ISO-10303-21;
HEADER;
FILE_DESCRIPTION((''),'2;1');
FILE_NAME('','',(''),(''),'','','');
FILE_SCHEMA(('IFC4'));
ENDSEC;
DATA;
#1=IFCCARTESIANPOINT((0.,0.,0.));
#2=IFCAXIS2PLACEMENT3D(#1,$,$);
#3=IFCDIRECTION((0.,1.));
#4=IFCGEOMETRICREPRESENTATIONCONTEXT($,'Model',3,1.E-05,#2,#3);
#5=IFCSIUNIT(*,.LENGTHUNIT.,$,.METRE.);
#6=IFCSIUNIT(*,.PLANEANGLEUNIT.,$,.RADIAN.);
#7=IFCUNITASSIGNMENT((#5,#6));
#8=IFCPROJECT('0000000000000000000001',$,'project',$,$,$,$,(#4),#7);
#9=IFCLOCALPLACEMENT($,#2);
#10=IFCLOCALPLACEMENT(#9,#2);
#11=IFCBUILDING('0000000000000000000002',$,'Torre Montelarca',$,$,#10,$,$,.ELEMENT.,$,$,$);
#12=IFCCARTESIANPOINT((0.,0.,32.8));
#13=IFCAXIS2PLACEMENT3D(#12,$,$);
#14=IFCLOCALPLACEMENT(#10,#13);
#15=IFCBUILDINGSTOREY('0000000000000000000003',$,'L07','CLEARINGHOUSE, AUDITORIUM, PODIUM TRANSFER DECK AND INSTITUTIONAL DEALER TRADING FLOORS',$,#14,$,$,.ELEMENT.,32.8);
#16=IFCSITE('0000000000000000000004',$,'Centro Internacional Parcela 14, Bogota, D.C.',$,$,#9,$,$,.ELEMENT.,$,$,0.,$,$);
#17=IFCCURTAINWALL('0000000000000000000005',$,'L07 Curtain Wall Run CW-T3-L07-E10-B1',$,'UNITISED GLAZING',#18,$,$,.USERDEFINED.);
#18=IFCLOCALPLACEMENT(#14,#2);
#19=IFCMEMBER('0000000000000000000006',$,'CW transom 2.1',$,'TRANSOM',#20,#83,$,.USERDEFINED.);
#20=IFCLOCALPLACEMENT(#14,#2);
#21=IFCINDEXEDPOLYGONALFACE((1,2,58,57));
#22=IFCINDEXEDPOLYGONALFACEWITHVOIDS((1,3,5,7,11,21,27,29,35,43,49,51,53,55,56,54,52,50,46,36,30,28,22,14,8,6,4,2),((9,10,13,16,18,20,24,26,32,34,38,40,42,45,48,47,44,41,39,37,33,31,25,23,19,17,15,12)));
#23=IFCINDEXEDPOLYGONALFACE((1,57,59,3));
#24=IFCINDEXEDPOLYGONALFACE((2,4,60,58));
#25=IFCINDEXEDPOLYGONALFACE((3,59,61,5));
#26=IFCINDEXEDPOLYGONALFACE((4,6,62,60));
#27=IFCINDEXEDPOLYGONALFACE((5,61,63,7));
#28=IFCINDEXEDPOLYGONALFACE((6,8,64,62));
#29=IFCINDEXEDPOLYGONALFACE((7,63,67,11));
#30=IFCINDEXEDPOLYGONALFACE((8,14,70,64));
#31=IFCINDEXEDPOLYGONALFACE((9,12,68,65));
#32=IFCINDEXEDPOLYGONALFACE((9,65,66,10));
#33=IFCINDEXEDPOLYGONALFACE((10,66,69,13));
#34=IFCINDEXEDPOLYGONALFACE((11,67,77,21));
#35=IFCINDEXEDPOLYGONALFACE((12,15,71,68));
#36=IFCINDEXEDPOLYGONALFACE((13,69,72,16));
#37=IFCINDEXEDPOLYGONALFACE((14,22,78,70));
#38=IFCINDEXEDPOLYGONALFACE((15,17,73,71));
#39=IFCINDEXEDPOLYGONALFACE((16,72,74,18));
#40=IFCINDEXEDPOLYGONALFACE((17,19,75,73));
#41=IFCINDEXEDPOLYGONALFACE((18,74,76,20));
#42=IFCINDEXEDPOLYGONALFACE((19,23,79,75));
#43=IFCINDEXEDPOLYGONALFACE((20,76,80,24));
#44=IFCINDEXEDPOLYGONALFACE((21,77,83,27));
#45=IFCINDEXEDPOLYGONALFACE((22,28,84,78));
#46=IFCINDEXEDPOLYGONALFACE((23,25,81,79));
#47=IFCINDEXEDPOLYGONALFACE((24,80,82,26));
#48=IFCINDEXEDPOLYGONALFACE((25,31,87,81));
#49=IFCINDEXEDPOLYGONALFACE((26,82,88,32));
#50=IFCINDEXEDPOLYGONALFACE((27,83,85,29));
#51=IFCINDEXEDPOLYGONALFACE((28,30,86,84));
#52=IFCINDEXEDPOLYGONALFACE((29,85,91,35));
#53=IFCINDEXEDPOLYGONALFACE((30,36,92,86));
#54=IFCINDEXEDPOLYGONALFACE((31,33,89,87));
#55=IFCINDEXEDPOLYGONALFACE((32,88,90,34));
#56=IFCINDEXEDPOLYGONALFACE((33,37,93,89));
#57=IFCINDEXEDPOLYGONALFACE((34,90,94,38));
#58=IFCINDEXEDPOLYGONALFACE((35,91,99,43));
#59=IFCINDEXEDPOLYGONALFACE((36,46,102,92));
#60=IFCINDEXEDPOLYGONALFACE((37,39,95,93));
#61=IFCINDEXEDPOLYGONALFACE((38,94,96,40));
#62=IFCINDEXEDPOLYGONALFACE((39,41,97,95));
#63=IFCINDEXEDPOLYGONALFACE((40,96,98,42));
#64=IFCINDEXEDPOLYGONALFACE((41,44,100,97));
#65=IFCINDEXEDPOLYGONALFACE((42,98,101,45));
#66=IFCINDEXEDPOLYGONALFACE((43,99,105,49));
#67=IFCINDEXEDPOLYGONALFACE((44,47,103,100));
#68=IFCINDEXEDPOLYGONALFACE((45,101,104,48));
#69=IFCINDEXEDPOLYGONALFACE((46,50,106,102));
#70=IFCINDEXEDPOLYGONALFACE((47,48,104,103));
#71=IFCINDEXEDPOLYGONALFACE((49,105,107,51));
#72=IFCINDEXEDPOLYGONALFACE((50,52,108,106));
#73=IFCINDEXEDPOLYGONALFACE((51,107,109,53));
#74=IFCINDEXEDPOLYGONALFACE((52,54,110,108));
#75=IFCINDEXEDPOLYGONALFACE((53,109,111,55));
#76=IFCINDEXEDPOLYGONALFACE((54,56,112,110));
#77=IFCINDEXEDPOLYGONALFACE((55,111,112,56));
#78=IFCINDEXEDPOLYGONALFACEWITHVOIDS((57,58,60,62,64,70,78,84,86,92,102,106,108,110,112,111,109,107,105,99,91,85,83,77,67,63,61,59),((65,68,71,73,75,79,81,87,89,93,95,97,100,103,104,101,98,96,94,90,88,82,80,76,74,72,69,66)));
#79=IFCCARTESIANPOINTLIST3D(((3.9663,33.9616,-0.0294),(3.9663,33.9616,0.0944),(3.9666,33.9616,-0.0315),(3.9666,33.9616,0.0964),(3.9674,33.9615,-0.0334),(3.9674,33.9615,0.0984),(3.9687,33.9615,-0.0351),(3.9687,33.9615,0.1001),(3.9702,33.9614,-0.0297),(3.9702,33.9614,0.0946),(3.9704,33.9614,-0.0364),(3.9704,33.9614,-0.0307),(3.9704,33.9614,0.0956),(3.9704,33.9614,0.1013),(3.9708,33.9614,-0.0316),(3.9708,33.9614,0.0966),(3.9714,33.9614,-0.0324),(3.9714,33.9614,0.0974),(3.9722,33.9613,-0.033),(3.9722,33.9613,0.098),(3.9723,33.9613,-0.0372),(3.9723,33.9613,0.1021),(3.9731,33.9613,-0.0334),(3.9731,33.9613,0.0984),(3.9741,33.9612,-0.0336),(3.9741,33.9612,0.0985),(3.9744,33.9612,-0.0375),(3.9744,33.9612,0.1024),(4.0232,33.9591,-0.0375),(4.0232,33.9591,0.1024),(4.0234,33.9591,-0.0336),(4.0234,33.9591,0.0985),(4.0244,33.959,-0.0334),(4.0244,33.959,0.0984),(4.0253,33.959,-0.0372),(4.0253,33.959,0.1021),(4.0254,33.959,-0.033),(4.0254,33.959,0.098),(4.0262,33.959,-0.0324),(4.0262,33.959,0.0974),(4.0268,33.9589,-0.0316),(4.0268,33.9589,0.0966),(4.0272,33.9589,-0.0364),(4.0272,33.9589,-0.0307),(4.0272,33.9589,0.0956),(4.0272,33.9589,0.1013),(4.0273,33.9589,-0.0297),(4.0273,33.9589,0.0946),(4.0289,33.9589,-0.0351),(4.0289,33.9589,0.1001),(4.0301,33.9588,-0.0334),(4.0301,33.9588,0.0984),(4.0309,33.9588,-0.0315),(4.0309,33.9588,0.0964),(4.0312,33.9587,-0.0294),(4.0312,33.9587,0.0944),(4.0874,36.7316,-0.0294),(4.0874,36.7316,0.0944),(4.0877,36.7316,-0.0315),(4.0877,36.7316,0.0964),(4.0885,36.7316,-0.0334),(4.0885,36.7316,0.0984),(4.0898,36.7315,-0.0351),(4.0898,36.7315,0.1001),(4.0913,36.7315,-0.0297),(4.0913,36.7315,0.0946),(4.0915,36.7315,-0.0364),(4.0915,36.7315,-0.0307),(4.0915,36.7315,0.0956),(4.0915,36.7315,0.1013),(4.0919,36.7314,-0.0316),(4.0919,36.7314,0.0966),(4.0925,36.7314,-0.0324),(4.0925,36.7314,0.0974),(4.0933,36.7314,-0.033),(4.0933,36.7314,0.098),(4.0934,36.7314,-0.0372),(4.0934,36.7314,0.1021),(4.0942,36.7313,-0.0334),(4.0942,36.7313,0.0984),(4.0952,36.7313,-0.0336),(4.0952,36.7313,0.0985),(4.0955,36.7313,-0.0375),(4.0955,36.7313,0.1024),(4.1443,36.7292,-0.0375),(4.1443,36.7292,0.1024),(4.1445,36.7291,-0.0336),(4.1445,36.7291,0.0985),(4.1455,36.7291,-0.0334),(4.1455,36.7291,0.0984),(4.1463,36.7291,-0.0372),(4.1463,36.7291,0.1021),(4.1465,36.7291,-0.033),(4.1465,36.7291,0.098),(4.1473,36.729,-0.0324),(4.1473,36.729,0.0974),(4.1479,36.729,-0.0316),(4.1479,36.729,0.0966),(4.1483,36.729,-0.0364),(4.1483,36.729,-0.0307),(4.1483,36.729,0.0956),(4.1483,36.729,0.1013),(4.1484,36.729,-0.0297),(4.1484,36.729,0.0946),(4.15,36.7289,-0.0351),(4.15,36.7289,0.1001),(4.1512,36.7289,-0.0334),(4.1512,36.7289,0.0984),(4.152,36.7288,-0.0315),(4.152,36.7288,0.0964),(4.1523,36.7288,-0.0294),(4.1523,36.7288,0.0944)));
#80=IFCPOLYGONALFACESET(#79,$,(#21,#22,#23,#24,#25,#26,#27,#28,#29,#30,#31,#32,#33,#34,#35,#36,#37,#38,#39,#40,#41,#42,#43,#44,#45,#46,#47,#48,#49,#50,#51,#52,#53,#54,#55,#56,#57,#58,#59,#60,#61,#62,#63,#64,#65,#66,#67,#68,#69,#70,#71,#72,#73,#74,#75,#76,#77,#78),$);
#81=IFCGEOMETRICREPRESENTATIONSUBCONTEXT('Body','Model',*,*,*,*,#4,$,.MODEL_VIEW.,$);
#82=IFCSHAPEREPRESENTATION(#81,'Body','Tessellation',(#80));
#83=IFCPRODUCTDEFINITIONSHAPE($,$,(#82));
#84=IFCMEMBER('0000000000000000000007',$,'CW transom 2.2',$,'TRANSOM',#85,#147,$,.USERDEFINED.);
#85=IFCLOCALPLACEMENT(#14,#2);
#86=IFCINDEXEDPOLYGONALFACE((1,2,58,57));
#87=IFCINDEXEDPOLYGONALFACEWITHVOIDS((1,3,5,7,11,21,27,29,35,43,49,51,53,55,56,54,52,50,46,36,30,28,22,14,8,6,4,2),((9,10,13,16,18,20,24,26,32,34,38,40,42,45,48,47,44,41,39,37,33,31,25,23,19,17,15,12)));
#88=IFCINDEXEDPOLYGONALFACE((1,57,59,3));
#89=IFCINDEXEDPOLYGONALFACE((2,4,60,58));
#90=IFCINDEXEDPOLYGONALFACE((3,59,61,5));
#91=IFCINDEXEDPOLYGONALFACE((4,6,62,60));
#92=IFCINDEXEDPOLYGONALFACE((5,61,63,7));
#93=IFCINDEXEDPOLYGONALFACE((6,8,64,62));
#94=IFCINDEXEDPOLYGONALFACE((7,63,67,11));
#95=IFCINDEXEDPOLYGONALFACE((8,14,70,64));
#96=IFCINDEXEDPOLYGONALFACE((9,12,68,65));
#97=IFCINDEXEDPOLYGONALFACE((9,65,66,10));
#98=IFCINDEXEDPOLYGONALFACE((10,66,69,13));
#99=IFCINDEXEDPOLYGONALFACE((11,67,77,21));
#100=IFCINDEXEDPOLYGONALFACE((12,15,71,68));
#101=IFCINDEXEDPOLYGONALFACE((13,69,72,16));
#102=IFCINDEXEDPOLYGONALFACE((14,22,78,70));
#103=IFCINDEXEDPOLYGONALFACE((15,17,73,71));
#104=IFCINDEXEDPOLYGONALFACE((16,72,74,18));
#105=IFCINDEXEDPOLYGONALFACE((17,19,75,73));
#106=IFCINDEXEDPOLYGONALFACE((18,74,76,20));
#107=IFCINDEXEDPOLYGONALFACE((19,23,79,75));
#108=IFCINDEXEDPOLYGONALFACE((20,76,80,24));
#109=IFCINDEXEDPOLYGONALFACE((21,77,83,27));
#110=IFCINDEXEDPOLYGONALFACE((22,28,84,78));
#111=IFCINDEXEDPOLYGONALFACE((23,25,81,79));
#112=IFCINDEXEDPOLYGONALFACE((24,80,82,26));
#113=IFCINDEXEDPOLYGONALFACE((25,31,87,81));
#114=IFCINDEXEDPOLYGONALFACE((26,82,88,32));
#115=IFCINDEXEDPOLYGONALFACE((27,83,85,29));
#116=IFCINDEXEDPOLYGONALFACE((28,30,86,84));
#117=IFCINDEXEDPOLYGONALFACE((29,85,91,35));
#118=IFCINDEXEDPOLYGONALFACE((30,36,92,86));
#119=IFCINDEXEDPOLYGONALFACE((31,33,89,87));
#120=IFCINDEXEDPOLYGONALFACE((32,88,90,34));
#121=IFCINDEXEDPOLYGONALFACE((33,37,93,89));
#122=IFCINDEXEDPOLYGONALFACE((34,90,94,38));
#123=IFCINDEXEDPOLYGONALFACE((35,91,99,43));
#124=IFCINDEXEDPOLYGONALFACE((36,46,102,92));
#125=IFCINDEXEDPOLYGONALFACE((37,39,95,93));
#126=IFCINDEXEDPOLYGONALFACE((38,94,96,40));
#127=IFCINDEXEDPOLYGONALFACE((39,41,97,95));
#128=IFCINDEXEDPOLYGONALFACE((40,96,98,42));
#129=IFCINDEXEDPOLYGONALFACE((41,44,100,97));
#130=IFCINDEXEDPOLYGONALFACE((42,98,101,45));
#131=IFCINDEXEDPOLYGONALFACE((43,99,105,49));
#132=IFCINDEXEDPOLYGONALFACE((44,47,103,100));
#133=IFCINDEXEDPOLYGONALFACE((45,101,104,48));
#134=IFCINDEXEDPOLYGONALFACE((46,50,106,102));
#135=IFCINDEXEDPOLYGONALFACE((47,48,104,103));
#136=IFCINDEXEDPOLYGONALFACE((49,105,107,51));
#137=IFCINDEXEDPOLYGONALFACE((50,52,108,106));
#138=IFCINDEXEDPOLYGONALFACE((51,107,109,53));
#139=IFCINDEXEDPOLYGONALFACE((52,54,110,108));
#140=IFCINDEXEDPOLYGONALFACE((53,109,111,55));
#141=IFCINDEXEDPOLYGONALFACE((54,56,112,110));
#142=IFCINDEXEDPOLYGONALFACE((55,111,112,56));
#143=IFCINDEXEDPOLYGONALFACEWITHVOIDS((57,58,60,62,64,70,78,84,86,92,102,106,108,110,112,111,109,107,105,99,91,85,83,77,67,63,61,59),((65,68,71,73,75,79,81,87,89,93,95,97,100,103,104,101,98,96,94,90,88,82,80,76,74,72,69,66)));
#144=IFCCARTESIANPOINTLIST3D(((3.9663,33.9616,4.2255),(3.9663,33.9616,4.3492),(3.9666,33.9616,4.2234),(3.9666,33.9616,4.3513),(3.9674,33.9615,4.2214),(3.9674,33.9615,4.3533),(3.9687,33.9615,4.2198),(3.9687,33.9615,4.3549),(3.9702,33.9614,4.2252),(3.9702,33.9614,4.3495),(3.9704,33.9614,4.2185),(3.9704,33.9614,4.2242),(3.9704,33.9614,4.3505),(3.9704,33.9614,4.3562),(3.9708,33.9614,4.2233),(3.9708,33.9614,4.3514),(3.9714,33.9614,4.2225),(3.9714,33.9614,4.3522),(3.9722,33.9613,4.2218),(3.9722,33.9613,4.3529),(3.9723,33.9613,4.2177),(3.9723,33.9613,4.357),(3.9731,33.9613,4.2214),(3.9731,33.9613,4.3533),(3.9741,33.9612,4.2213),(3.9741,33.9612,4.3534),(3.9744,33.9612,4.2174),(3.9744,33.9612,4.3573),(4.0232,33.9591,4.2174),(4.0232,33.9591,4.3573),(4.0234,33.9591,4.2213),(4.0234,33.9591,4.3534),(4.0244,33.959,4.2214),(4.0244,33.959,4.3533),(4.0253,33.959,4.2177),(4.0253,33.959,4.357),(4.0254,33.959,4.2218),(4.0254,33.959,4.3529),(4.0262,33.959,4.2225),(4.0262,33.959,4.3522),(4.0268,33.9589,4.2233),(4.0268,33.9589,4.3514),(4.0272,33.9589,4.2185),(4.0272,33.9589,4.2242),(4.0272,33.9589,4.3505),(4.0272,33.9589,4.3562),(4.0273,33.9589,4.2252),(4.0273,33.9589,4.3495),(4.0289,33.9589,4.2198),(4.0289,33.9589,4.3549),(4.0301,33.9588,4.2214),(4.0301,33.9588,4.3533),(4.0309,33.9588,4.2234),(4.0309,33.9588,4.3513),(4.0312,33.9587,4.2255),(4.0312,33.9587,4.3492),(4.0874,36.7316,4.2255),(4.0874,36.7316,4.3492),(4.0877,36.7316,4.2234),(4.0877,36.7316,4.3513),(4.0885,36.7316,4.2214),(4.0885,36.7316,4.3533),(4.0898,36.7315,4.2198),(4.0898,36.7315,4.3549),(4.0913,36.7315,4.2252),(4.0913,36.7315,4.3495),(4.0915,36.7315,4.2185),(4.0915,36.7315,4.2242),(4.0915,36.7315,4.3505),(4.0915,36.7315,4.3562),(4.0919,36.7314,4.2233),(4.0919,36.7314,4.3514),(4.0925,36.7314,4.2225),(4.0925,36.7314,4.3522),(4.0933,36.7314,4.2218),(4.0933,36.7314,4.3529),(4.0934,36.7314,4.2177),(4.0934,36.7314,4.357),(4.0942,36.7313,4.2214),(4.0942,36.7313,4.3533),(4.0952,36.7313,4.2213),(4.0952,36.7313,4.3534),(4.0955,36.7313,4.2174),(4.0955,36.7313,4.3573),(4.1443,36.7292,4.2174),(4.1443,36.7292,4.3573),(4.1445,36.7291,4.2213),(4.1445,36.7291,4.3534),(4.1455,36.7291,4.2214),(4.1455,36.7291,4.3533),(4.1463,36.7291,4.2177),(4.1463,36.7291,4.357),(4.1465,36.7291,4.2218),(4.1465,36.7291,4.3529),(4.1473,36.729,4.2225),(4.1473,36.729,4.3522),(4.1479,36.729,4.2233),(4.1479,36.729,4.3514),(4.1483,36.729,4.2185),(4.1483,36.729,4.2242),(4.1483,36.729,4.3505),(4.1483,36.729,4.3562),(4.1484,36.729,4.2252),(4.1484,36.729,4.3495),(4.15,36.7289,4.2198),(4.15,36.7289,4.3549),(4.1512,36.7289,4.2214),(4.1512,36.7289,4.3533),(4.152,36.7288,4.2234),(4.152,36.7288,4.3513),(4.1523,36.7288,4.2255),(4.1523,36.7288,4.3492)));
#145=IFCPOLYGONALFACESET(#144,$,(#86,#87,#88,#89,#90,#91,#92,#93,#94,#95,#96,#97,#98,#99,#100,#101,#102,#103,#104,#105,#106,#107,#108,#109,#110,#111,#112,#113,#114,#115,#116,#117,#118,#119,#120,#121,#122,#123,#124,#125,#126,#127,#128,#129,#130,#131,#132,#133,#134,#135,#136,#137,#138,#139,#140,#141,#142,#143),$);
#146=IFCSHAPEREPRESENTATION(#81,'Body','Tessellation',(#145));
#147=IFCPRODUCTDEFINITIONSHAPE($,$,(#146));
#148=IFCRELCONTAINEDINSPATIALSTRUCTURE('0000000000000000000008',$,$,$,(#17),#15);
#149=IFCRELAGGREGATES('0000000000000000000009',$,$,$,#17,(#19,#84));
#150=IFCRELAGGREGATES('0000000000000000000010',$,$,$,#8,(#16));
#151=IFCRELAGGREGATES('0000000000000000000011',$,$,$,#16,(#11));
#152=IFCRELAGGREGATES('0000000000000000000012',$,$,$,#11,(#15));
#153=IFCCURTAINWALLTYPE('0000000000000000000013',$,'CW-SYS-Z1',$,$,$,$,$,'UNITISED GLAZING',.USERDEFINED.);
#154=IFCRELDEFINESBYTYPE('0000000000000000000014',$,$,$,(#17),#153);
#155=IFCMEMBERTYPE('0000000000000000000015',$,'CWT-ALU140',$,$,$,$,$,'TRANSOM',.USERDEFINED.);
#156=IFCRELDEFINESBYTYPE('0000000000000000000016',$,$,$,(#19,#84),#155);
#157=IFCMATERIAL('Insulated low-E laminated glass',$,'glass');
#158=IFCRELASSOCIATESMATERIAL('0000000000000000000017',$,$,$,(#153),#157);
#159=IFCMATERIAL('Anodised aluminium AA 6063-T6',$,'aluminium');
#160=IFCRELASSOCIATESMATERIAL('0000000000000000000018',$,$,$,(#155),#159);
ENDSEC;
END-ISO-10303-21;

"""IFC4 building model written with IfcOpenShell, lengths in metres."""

from ifc_helpers import new_model, si_unit, direction, frame, origin, origin_2d, place, context, subcontext, project, spatial, hollow_rectangle, extrude, source, transform, mapped, material, material_profile, profile_set, type_object, element, aggregate, save


model = new_model("IFC4")

# Units and contexts
model_context = context("Model", 3, precision=1e-05, world=origin(), true_north=direction((0.0, 1.0)))
body_context = subcontext(model_context, "Body", "Model", "MODEL_VIEW")
ifc_project = project(units=[si_unit("LENGTHUNIT", "METRE"), si_unit("PLANEANGLEUNIT", "RADIAN")], contexts=[model_context])

# Site, building, storey
site_placement = place(None, origin())
site = spatial("IfcSite", under=ifc_project, at=site_placement, Name="Centro Internacional Parcela 14, Bogota, D.C.", CompositionType="ELEMENT", RefElevation=0.0)
building_placement = place(site_placement, origin())
building = spatial("IfcBuilding", under=site, at=building_placement, Name="Torre Montelarca", CompositionType="ELEMENT")
storey_placement = place(building_placement, frame((0.0, 0.0, 32.8)))
storey = spatial("IfcBuildingStorey", under=building, at=storey_placement, Name="L07", Description="CLEARINGHOUSE, AUDITORIUM, PODIUM TRANSFER DECK AND INSTITUTIONAL DEALER TRADING FLOORS", CompositionType="ELEMENT", Elevation=32.8)

# Curtain wall
ifc_material_1 = material(Name="Insulated low-E laminated glass", Category="glass")
curtain_wall_type = type_object("IfcCurtainWallType", Name="CW-SYS-Z1", ElementType="UNITISED GLAZING", PredefinedType="USERDEFINED", material=ifc_material_1)
curtain_wall_1_placement = place(storey_placement, origin())
curtain_wall_1 = element("IfcCurtainWall", 1, at=curtain_wall_1_placement, inside=storey, type_object=curtain_wall_type, Name="L07 Curtain Wall Run CW-T3-L07-E10-B1", ObjectType="UNITISED GLAZING", PredefinedType="USERDEFINED")
ifc_material_2 = material(Name="Anodised aluminium AA 6063-T6", Category="aluminium")

# Members
ifc_material_profile_1 = material_profile(ifc_material_2, hollow_rectangle(XDim=0.0649, YDim=0.1399, WallThickness=0.0039, InnerFilletRadius=0.0039, OuterFilletRadius=0.0081, at=origin_2d()), Name="ALU65X140X4", Category="aluminium")
ifc_profile_set_1 = profile_set([ifc_material_profile_1], Name="Anodised aluminium AA 6063-T6")
member_type_1 = type_object("IfcMemberType", Name="CWT-ALU140", ElementType="TRANSOM", PredefinedType="USERDEFINED", material=ifc_profile_set_1)
shared_shape_1 = source(origin(), body_context, "Body", "SweptSolid", [
    extrude(hollow_rectangle(XDim=0.0649, YDim=0.1399, WallThickness=0.0039, InnerFilletRadius=0.0039, OuterFilletRadius=0.0081, at=origin_2d()), origin(), (0.0, 0.0, 1.0), 2.7727),
])
member_1_placement = place(storey_placement, frame((4.1199, 36.7302, 0.0325), z_axis=(-0.043674, -0.999046, 0.0), x_axis=(0.999046, -0.043674, 0.0)))
member_1 = element("IfcMember", 2, at=member_1_placement, type_object=member_type_1, Name="CW transom 2.1", ObjectType="TRANSOM", PredefinedType="USERDEFINED", context=body_context, shape_type="MappedRepresentation", body=[
    mapped(shared_shape_1, transform((0.0, 0.0, 0.0), scale=1.0)),
])
member_2_placement = place(storey_placement, frame((4.1199, 36.7302, 4.2874), z_axis=(-0.043674, -0.999046, 0.0), x_axis=(0.999046, -0.043674, 0.0)))
member_2 = element("IfcMember", 3, at=member_2_placement, type_object=member_type_1, Name="CW transom 2.2", ObjectType="TRANSOM", PredefinedType="USERDEFINED", context=body_context, shape_type="MappedRepresentation", body=[
    mapped(shared_shape_1, transform((0.0, 0.0, 0.0), scale=1.0)),
])

aggregate(curtain_wall_1, [member_1, member_2])

save(model, "model.ifc")
